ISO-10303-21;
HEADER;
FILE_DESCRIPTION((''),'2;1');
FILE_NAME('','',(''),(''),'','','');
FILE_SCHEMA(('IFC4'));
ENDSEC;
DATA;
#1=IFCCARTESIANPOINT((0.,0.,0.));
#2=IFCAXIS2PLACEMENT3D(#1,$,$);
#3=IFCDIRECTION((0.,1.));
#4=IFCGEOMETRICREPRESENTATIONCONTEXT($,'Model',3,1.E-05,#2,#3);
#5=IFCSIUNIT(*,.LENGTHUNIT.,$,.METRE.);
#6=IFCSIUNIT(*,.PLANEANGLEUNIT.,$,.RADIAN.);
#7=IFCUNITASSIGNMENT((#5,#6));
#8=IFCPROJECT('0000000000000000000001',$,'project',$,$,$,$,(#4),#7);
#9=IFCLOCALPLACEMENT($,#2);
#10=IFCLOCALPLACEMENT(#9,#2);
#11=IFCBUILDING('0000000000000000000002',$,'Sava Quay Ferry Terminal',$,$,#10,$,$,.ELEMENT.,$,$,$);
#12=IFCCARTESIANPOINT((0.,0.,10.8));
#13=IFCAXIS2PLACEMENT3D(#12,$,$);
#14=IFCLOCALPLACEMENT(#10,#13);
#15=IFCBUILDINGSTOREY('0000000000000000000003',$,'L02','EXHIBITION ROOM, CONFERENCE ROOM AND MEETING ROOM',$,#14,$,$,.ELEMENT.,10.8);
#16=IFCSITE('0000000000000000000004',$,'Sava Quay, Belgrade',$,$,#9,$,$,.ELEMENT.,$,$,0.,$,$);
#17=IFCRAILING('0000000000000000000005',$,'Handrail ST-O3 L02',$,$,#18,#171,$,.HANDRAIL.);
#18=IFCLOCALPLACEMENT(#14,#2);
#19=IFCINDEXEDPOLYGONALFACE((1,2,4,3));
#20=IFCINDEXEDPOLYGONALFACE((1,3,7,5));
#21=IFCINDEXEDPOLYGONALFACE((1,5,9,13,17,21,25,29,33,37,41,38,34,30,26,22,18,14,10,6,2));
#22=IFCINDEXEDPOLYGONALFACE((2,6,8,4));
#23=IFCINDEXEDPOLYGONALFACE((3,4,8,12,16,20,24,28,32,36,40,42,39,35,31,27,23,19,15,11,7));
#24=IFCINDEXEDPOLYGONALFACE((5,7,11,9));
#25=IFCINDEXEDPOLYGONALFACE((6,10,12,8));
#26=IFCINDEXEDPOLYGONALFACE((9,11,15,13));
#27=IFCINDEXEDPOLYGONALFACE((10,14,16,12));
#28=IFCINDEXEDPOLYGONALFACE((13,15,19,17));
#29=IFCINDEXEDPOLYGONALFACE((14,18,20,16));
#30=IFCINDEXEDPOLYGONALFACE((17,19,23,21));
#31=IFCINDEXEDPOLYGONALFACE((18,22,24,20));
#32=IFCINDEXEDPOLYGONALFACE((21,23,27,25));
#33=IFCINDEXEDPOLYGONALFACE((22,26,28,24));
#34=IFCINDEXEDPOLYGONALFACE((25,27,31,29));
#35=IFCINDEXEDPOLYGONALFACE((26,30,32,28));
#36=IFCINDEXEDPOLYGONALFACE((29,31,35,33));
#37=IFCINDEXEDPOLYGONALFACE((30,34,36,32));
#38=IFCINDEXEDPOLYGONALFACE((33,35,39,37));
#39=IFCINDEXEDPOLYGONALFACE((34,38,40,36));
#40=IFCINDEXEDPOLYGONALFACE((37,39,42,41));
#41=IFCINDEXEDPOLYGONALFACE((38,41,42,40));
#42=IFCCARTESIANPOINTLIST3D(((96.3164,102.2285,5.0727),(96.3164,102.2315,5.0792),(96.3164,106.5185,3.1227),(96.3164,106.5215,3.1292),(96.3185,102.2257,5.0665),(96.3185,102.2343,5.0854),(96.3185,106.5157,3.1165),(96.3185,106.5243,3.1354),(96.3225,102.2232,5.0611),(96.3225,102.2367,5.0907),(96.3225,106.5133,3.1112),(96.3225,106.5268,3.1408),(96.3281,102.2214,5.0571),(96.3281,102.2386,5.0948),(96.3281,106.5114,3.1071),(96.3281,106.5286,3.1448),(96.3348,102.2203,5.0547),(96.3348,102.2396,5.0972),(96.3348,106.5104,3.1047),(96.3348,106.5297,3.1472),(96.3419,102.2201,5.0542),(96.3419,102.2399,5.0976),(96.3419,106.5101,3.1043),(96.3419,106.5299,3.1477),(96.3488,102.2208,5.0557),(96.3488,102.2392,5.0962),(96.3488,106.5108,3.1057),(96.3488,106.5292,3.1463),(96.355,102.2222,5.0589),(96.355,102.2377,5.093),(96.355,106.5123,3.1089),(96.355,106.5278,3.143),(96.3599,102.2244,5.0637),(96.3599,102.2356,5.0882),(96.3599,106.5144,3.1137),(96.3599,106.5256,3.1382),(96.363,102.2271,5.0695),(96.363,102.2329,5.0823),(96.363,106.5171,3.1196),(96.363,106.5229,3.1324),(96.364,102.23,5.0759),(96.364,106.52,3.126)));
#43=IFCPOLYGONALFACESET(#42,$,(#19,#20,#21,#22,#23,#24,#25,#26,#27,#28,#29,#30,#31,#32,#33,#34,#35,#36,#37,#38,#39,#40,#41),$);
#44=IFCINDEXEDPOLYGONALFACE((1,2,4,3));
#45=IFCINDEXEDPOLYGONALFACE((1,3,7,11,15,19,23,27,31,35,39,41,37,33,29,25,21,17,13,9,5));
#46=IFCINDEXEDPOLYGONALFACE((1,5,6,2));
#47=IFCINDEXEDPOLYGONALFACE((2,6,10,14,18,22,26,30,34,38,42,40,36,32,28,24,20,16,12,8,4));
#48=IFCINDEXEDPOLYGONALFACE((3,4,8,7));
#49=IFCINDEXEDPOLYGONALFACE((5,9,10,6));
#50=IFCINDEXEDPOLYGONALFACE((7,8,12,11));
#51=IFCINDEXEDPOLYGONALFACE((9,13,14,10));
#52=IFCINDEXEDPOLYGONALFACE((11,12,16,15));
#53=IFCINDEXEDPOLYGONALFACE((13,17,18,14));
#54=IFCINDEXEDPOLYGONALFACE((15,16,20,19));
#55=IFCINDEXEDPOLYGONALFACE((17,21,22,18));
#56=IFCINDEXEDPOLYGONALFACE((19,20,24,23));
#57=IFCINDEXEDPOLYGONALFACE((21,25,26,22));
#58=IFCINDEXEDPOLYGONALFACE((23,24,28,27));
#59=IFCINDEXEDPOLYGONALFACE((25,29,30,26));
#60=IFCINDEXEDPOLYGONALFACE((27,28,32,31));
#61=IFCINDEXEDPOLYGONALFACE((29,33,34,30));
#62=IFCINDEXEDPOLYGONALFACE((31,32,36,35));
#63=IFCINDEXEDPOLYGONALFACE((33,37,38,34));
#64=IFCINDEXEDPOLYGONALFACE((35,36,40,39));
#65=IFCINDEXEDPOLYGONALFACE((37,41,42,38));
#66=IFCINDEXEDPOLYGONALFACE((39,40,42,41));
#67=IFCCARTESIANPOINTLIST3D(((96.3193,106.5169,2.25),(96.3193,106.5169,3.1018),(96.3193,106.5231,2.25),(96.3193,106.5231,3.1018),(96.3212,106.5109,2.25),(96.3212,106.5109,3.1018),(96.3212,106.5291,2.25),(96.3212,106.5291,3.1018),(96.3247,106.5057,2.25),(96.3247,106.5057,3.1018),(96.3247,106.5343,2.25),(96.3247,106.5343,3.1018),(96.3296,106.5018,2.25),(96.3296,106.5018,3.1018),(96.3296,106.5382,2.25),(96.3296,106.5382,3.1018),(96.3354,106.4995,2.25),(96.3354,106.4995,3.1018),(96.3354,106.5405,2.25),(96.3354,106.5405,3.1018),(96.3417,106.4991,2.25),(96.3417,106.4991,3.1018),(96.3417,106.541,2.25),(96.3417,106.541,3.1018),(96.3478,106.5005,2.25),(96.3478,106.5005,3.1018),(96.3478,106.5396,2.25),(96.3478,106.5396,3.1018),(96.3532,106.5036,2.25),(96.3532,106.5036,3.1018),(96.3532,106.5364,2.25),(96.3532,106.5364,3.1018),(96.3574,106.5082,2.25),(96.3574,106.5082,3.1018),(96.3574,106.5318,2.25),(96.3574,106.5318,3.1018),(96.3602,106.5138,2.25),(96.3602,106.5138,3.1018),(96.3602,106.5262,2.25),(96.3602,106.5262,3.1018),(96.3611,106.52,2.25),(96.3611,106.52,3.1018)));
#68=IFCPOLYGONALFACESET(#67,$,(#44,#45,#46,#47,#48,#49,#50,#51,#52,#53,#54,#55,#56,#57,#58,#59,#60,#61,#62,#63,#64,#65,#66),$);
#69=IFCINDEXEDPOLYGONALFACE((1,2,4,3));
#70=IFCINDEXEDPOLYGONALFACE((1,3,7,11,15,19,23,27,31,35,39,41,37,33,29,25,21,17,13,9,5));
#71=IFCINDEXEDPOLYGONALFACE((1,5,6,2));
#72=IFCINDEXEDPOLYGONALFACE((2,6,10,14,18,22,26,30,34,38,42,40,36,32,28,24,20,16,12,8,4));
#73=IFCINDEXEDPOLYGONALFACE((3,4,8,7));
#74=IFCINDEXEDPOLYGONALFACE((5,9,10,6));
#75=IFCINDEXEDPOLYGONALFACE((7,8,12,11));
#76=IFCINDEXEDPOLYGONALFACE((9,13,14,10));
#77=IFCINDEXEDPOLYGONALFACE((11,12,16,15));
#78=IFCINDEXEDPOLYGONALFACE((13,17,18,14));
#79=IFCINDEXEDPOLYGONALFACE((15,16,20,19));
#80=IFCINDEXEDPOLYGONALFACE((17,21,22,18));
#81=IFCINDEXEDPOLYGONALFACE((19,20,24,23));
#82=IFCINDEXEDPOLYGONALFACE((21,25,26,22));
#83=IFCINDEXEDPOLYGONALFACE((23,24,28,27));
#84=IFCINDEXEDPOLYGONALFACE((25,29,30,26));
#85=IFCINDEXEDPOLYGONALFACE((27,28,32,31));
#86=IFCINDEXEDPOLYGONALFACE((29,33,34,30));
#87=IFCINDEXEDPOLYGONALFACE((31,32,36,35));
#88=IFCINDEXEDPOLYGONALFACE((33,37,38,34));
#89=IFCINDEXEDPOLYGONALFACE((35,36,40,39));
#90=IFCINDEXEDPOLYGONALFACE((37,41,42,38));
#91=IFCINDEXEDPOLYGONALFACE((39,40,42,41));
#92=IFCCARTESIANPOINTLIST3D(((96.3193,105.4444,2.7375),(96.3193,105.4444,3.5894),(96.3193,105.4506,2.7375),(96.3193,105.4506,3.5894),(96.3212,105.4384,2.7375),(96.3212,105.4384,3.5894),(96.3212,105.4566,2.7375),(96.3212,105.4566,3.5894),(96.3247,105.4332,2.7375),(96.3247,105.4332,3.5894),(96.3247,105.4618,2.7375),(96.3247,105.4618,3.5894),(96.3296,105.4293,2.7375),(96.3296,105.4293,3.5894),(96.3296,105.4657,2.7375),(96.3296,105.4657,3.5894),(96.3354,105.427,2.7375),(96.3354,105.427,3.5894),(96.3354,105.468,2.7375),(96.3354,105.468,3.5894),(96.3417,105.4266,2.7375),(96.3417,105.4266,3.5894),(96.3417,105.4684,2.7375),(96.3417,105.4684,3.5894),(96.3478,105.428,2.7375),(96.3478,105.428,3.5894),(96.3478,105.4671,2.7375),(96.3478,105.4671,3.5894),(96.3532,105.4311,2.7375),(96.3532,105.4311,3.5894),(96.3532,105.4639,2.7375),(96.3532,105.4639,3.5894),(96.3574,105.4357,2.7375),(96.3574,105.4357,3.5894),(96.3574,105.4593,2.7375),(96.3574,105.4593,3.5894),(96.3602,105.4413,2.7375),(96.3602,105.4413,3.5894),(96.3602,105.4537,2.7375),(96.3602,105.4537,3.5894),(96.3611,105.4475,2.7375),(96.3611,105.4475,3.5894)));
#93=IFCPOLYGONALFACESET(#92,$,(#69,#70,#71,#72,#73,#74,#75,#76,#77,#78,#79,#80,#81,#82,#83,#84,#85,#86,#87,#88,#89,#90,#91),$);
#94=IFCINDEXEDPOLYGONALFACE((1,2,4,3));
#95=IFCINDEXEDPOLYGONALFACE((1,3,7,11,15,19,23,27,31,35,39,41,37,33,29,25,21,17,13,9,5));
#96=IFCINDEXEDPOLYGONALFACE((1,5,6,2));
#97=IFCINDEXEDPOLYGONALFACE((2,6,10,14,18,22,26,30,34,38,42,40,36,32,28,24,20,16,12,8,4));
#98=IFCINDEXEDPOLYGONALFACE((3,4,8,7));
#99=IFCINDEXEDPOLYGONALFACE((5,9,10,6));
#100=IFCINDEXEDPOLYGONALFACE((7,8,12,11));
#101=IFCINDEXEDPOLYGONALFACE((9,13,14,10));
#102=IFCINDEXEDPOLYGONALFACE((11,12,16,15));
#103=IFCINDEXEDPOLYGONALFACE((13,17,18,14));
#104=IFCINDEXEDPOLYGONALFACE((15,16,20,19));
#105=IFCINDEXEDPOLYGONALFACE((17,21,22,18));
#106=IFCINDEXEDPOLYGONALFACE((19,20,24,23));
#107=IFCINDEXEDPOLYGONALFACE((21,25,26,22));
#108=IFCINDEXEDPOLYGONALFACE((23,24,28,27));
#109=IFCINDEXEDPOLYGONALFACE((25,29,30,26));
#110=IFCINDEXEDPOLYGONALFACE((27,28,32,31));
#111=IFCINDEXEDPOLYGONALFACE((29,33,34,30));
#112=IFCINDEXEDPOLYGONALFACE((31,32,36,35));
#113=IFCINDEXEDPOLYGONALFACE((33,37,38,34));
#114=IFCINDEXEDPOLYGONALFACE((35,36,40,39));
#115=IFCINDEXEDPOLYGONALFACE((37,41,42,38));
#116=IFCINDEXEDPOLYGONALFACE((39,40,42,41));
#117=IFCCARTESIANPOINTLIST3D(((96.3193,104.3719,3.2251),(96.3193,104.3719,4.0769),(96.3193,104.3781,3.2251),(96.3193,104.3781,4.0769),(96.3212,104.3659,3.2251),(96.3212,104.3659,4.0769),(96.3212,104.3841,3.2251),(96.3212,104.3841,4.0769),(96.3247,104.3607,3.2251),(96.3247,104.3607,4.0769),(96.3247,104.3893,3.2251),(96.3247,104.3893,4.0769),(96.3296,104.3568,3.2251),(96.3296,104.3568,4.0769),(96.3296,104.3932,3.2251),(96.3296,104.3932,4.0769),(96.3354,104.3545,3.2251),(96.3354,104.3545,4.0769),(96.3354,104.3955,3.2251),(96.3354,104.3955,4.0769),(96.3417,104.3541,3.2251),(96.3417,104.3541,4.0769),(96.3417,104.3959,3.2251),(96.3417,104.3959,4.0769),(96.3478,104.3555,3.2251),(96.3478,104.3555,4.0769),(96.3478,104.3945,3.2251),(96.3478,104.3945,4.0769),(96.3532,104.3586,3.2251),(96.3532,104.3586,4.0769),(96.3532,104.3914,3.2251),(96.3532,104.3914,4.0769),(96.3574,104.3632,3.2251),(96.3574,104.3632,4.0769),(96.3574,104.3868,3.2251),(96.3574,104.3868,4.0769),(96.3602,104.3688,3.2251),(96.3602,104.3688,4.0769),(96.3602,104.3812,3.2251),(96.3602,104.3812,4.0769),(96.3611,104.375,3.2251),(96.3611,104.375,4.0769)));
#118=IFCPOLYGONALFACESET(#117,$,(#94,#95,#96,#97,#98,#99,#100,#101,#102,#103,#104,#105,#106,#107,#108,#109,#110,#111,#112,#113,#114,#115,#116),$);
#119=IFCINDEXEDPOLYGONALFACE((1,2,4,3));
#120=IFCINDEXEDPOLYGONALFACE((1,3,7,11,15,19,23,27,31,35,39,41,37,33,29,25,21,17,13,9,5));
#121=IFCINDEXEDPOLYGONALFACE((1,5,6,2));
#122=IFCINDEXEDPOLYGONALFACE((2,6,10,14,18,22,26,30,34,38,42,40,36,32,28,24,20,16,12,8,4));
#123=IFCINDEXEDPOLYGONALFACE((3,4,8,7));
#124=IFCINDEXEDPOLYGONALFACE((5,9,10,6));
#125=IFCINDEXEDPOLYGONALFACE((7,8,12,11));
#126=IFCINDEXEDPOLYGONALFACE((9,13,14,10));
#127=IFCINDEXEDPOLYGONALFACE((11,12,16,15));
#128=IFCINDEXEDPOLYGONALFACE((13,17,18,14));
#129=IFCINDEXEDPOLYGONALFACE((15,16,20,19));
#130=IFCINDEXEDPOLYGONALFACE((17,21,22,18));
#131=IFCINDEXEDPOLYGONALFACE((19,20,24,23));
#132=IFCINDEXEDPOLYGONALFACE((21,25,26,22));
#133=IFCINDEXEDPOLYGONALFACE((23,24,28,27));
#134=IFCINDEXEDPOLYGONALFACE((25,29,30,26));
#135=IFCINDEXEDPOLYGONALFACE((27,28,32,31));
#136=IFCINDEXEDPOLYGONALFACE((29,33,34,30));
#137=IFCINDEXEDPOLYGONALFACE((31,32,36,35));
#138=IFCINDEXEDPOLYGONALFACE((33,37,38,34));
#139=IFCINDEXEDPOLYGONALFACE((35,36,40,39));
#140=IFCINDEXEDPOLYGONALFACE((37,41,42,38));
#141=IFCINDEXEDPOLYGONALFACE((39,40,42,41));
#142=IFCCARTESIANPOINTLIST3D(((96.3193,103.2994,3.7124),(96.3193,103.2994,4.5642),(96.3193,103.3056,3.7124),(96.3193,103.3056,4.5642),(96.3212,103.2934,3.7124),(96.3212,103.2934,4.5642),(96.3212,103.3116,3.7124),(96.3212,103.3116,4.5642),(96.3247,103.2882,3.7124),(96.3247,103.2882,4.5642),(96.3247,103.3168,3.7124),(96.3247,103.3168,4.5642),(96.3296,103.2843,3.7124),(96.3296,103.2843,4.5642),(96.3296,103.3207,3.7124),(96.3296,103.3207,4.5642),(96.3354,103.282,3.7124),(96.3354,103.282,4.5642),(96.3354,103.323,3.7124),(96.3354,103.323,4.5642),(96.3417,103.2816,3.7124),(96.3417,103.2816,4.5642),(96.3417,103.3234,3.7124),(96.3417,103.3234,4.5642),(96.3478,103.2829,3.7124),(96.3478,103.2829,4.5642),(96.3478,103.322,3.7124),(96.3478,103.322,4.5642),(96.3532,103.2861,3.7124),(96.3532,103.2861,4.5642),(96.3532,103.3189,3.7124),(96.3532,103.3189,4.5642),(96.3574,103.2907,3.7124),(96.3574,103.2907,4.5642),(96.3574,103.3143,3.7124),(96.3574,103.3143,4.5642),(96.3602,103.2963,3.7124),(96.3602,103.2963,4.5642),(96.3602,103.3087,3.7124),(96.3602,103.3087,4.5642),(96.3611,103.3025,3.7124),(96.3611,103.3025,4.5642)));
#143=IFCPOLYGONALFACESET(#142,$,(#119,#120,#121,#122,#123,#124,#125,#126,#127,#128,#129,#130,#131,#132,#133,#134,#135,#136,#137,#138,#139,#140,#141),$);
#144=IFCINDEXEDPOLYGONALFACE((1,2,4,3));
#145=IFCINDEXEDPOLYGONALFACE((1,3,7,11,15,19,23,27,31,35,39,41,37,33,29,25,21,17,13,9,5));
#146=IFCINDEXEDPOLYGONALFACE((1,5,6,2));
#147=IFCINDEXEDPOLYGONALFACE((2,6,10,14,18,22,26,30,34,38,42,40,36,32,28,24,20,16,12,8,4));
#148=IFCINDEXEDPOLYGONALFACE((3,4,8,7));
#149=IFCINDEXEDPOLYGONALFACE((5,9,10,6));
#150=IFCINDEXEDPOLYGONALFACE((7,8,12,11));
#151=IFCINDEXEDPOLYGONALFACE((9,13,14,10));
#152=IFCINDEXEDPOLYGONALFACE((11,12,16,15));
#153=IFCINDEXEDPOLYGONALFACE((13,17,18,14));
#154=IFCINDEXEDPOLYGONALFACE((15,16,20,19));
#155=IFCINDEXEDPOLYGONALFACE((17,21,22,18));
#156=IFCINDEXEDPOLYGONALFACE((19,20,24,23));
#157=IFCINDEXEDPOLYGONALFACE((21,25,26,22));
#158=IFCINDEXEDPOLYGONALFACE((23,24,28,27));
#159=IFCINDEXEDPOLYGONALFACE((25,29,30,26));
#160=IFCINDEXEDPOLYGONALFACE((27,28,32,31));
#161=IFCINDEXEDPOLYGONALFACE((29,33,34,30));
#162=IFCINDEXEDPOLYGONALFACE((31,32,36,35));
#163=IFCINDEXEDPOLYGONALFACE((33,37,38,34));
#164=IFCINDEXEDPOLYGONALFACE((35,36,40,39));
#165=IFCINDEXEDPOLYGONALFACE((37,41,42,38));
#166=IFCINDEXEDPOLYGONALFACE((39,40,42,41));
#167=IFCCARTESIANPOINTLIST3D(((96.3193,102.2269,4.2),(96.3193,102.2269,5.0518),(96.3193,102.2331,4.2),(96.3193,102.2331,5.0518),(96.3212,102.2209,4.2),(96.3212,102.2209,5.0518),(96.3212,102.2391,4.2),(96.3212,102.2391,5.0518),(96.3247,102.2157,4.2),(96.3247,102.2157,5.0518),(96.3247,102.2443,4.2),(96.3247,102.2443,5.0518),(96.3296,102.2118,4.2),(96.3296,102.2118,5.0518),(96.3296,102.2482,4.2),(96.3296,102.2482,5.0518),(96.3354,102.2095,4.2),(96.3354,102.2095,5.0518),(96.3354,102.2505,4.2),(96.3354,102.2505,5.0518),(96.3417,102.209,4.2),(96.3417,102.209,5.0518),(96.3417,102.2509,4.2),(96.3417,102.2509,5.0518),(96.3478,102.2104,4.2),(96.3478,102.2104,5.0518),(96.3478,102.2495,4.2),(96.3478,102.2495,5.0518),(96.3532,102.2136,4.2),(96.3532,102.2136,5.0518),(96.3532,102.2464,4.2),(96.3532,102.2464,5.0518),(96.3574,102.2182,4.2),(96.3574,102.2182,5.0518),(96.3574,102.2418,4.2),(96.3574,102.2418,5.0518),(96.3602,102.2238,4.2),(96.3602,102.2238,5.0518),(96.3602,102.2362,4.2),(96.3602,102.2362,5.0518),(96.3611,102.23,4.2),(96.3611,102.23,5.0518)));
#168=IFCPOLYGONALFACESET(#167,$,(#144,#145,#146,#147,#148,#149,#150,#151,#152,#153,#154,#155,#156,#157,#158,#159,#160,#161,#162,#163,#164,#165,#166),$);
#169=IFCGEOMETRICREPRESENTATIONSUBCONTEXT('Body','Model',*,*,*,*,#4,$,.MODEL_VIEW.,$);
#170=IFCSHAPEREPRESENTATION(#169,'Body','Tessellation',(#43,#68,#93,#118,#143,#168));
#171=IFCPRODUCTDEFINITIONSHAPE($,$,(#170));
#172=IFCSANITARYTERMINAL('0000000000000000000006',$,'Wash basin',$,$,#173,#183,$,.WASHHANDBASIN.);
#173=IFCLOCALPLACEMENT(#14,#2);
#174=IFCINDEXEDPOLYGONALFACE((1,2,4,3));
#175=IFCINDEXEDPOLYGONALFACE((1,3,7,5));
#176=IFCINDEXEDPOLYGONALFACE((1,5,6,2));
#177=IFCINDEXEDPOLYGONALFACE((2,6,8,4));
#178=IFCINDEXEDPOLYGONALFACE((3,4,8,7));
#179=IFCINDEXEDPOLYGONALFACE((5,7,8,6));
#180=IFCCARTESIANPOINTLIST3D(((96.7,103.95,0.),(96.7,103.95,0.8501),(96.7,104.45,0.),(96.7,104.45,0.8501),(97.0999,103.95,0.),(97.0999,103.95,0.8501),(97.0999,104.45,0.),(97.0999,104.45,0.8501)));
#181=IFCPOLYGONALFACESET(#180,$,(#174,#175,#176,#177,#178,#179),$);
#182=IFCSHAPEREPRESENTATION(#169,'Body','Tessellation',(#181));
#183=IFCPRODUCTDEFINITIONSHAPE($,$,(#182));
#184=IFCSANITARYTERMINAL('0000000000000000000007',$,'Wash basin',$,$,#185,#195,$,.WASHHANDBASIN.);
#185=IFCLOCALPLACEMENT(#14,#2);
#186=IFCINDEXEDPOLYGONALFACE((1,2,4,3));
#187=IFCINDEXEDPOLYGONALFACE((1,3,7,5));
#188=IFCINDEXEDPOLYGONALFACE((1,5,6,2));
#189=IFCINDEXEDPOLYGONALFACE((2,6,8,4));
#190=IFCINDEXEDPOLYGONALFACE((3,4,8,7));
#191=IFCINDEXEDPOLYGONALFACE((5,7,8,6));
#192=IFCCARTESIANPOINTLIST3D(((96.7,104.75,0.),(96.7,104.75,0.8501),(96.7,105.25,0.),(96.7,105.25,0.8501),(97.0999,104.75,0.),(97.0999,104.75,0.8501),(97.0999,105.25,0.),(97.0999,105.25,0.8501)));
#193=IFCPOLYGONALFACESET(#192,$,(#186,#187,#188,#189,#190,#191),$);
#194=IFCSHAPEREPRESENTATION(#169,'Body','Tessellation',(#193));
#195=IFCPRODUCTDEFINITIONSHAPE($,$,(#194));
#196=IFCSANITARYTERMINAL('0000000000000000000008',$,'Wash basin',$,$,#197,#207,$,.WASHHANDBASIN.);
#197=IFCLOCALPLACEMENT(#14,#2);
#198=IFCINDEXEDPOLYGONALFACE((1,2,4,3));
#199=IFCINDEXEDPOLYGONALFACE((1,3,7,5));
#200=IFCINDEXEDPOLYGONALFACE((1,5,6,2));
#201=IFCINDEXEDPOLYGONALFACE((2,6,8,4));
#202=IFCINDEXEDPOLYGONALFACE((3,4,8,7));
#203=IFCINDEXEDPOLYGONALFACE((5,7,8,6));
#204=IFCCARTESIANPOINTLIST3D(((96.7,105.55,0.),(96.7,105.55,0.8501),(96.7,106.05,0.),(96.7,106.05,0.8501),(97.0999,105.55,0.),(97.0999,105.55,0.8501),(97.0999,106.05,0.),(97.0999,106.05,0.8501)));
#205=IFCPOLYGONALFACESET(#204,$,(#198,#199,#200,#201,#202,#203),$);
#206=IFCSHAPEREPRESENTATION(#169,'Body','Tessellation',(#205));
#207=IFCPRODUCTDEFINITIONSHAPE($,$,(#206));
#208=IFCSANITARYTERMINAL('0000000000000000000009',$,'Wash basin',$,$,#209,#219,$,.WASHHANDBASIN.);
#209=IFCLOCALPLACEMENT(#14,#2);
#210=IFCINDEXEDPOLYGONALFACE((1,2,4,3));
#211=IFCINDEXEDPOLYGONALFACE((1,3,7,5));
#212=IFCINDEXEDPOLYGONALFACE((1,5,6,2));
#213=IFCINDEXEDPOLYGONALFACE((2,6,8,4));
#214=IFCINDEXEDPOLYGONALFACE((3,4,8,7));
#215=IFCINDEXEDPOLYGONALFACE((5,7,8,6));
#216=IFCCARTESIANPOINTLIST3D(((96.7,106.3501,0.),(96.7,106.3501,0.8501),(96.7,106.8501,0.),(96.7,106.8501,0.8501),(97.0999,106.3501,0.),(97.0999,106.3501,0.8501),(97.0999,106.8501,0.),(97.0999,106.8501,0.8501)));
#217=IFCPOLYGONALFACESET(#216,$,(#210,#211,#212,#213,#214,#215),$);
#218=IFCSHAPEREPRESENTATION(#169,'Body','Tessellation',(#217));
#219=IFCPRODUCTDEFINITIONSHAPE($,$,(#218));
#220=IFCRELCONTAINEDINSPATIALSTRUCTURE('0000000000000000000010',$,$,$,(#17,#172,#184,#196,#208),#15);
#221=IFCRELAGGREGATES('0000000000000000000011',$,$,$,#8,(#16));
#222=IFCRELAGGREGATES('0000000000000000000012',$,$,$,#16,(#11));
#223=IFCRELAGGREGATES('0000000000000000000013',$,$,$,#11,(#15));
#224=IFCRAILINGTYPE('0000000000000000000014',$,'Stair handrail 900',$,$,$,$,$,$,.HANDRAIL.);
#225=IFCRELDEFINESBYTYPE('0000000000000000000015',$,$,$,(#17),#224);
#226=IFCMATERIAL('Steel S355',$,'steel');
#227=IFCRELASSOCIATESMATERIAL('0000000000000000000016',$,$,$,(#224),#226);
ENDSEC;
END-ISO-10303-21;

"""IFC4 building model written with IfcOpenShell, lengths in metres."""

from ifc_helpers import new_model, si_unit, direction, frame, origin, origin_2d, place, context, subcontext, project, spatial, rectangle, circle, extrude, material, type_object, element, save


model = new_model("IFC4")

# Units and contexts
model_context = context("Model", 3, precision=1e-05, world=origin(), true_north=direction((0.0, 1.0)))
body_context = subcontext(model_context, "Body", "Model", "MODEL_VIEW")
ifc_project = project(units=[si_unit("LENGTHUNIT", "METRE"), si_unit("PLANEANGLEUNIT", "RADIAN")], contexts=[model_context])

# Site, building, storey
site_placement = place(None, origin())
site = spatial("IfcSite", under=ifc_project, at=site_placement, Name="Sava Quay, Belgrade", CompositionType="ELEMENT", RefElevation=0.0)
building_placement = place(site_placement, origin())
building = spatial("IfcBuilding", under=site, at=building_placement, Name="Sava Quay Ferry Terminal", CompositionType="ELEMENT")
storey_placement = place(building_placement, frame((0.0, 0.0, 10.8)))
storey = spatial("IfcBuildingStorey", under=building, at=storey_placement, Name="L02", Description="EXHIBITION ROOM, CONFERENCE ROOM AND MEETING ROOM", CompositionType="ELEMENT", Elevation=10.8)

# Railing
ifc_material_1 = material(Name="Steel S355", Category="steel")
railing_type_1 = type_object("IfcRailingType", Name="Stair handrail 900", PredefinedType="HANDRAIL", material=ifc_material_1)
railing_1_placement = place(storey_placement, frame((96.3401, 106.52, 2.25)))
element("IfcRailing", 1, at=railing_1_placement, inside=storey, type_object=railing_type_1, Name="Handrail ST-O3 L02", PredefinedType="HANDRAIL", context=body_context, shape_type="SweptSolid", body=[
    extrude(circle(Radius=0.0239, at=origin_2d()), frame((0.0, 0.0, 0.876), z_axis=(0.0, -0.910372, 0.413791), x_axis=(1.0, 0.0, 0.0)), (0.0, 0.0, 1.0), 4.7124),
    extrude(circle(Radius=0.021, at=origin_2d()), origin(), (0.0, 0.0, 1.0), 0.8518),
    extrude(circle(Radius=0.021, at=origin_2d()), frame((0.0, -1.0725, 0.4875)), (0.0, 0.0, 1.0), 0.8518),
    extrude(circle(Radius=0.021, at=origin_2d()), frame((0.0, -2.145, 0.9751)), (0.0, 0.0, 1.0), 0.8518),
    extrude(circle(Radius=0.021, at=origin_2d()), frame((0.0, -3.2175, 1.4624)), (0.0, 0.0, 1.0), 0.8518),
    extrude(circle(Radius=0.021, at=origin_2d()), frame((0.0, -4.29, 1.95)), (0.0, 0.0, 1.0), 0.8518),
])

# Sanitary terminals
for number, where, z_axis, x_axis, name in (
    (2, (96.8999, 104.2, 0.0), (0.0, 0.0, 1.0), (1.0, 0.0, 0.0), "Wash basin"),
    (3, (96.8999, 105.0, 0.0), (0.0, 0.0, 1.0), (1.0, 0.0, 0.0), "Wash basin"),
    (4, (96.8999, 105.8, 0.0), (0.0, 0.0, 1.0), (1.0, 0.0, 0.0), "Wash basin"),
    (5, (96.8999, 106.6001, 0.0), (0.0, 0.0, 1.0), (1.0, 0.0, 0.0), "Wash basin"),
):
    element("IfcSanitaryTerminal", number, at=place(storey_placement, frame(where, z_axis=z_axis, x_axis=x_axis)), inside=storey, Name=name, PredefinedType="WASHHANDBASIN", context=body_context, shape_type="SweptSolid", body=[
        extrude(rectangle(XDim=0.3999, YDim=0.5, at=origin_2d()), origin(), (0.0, 0.0, 1.0), 0.8501),
    ])

save(model, "model.ifc")
